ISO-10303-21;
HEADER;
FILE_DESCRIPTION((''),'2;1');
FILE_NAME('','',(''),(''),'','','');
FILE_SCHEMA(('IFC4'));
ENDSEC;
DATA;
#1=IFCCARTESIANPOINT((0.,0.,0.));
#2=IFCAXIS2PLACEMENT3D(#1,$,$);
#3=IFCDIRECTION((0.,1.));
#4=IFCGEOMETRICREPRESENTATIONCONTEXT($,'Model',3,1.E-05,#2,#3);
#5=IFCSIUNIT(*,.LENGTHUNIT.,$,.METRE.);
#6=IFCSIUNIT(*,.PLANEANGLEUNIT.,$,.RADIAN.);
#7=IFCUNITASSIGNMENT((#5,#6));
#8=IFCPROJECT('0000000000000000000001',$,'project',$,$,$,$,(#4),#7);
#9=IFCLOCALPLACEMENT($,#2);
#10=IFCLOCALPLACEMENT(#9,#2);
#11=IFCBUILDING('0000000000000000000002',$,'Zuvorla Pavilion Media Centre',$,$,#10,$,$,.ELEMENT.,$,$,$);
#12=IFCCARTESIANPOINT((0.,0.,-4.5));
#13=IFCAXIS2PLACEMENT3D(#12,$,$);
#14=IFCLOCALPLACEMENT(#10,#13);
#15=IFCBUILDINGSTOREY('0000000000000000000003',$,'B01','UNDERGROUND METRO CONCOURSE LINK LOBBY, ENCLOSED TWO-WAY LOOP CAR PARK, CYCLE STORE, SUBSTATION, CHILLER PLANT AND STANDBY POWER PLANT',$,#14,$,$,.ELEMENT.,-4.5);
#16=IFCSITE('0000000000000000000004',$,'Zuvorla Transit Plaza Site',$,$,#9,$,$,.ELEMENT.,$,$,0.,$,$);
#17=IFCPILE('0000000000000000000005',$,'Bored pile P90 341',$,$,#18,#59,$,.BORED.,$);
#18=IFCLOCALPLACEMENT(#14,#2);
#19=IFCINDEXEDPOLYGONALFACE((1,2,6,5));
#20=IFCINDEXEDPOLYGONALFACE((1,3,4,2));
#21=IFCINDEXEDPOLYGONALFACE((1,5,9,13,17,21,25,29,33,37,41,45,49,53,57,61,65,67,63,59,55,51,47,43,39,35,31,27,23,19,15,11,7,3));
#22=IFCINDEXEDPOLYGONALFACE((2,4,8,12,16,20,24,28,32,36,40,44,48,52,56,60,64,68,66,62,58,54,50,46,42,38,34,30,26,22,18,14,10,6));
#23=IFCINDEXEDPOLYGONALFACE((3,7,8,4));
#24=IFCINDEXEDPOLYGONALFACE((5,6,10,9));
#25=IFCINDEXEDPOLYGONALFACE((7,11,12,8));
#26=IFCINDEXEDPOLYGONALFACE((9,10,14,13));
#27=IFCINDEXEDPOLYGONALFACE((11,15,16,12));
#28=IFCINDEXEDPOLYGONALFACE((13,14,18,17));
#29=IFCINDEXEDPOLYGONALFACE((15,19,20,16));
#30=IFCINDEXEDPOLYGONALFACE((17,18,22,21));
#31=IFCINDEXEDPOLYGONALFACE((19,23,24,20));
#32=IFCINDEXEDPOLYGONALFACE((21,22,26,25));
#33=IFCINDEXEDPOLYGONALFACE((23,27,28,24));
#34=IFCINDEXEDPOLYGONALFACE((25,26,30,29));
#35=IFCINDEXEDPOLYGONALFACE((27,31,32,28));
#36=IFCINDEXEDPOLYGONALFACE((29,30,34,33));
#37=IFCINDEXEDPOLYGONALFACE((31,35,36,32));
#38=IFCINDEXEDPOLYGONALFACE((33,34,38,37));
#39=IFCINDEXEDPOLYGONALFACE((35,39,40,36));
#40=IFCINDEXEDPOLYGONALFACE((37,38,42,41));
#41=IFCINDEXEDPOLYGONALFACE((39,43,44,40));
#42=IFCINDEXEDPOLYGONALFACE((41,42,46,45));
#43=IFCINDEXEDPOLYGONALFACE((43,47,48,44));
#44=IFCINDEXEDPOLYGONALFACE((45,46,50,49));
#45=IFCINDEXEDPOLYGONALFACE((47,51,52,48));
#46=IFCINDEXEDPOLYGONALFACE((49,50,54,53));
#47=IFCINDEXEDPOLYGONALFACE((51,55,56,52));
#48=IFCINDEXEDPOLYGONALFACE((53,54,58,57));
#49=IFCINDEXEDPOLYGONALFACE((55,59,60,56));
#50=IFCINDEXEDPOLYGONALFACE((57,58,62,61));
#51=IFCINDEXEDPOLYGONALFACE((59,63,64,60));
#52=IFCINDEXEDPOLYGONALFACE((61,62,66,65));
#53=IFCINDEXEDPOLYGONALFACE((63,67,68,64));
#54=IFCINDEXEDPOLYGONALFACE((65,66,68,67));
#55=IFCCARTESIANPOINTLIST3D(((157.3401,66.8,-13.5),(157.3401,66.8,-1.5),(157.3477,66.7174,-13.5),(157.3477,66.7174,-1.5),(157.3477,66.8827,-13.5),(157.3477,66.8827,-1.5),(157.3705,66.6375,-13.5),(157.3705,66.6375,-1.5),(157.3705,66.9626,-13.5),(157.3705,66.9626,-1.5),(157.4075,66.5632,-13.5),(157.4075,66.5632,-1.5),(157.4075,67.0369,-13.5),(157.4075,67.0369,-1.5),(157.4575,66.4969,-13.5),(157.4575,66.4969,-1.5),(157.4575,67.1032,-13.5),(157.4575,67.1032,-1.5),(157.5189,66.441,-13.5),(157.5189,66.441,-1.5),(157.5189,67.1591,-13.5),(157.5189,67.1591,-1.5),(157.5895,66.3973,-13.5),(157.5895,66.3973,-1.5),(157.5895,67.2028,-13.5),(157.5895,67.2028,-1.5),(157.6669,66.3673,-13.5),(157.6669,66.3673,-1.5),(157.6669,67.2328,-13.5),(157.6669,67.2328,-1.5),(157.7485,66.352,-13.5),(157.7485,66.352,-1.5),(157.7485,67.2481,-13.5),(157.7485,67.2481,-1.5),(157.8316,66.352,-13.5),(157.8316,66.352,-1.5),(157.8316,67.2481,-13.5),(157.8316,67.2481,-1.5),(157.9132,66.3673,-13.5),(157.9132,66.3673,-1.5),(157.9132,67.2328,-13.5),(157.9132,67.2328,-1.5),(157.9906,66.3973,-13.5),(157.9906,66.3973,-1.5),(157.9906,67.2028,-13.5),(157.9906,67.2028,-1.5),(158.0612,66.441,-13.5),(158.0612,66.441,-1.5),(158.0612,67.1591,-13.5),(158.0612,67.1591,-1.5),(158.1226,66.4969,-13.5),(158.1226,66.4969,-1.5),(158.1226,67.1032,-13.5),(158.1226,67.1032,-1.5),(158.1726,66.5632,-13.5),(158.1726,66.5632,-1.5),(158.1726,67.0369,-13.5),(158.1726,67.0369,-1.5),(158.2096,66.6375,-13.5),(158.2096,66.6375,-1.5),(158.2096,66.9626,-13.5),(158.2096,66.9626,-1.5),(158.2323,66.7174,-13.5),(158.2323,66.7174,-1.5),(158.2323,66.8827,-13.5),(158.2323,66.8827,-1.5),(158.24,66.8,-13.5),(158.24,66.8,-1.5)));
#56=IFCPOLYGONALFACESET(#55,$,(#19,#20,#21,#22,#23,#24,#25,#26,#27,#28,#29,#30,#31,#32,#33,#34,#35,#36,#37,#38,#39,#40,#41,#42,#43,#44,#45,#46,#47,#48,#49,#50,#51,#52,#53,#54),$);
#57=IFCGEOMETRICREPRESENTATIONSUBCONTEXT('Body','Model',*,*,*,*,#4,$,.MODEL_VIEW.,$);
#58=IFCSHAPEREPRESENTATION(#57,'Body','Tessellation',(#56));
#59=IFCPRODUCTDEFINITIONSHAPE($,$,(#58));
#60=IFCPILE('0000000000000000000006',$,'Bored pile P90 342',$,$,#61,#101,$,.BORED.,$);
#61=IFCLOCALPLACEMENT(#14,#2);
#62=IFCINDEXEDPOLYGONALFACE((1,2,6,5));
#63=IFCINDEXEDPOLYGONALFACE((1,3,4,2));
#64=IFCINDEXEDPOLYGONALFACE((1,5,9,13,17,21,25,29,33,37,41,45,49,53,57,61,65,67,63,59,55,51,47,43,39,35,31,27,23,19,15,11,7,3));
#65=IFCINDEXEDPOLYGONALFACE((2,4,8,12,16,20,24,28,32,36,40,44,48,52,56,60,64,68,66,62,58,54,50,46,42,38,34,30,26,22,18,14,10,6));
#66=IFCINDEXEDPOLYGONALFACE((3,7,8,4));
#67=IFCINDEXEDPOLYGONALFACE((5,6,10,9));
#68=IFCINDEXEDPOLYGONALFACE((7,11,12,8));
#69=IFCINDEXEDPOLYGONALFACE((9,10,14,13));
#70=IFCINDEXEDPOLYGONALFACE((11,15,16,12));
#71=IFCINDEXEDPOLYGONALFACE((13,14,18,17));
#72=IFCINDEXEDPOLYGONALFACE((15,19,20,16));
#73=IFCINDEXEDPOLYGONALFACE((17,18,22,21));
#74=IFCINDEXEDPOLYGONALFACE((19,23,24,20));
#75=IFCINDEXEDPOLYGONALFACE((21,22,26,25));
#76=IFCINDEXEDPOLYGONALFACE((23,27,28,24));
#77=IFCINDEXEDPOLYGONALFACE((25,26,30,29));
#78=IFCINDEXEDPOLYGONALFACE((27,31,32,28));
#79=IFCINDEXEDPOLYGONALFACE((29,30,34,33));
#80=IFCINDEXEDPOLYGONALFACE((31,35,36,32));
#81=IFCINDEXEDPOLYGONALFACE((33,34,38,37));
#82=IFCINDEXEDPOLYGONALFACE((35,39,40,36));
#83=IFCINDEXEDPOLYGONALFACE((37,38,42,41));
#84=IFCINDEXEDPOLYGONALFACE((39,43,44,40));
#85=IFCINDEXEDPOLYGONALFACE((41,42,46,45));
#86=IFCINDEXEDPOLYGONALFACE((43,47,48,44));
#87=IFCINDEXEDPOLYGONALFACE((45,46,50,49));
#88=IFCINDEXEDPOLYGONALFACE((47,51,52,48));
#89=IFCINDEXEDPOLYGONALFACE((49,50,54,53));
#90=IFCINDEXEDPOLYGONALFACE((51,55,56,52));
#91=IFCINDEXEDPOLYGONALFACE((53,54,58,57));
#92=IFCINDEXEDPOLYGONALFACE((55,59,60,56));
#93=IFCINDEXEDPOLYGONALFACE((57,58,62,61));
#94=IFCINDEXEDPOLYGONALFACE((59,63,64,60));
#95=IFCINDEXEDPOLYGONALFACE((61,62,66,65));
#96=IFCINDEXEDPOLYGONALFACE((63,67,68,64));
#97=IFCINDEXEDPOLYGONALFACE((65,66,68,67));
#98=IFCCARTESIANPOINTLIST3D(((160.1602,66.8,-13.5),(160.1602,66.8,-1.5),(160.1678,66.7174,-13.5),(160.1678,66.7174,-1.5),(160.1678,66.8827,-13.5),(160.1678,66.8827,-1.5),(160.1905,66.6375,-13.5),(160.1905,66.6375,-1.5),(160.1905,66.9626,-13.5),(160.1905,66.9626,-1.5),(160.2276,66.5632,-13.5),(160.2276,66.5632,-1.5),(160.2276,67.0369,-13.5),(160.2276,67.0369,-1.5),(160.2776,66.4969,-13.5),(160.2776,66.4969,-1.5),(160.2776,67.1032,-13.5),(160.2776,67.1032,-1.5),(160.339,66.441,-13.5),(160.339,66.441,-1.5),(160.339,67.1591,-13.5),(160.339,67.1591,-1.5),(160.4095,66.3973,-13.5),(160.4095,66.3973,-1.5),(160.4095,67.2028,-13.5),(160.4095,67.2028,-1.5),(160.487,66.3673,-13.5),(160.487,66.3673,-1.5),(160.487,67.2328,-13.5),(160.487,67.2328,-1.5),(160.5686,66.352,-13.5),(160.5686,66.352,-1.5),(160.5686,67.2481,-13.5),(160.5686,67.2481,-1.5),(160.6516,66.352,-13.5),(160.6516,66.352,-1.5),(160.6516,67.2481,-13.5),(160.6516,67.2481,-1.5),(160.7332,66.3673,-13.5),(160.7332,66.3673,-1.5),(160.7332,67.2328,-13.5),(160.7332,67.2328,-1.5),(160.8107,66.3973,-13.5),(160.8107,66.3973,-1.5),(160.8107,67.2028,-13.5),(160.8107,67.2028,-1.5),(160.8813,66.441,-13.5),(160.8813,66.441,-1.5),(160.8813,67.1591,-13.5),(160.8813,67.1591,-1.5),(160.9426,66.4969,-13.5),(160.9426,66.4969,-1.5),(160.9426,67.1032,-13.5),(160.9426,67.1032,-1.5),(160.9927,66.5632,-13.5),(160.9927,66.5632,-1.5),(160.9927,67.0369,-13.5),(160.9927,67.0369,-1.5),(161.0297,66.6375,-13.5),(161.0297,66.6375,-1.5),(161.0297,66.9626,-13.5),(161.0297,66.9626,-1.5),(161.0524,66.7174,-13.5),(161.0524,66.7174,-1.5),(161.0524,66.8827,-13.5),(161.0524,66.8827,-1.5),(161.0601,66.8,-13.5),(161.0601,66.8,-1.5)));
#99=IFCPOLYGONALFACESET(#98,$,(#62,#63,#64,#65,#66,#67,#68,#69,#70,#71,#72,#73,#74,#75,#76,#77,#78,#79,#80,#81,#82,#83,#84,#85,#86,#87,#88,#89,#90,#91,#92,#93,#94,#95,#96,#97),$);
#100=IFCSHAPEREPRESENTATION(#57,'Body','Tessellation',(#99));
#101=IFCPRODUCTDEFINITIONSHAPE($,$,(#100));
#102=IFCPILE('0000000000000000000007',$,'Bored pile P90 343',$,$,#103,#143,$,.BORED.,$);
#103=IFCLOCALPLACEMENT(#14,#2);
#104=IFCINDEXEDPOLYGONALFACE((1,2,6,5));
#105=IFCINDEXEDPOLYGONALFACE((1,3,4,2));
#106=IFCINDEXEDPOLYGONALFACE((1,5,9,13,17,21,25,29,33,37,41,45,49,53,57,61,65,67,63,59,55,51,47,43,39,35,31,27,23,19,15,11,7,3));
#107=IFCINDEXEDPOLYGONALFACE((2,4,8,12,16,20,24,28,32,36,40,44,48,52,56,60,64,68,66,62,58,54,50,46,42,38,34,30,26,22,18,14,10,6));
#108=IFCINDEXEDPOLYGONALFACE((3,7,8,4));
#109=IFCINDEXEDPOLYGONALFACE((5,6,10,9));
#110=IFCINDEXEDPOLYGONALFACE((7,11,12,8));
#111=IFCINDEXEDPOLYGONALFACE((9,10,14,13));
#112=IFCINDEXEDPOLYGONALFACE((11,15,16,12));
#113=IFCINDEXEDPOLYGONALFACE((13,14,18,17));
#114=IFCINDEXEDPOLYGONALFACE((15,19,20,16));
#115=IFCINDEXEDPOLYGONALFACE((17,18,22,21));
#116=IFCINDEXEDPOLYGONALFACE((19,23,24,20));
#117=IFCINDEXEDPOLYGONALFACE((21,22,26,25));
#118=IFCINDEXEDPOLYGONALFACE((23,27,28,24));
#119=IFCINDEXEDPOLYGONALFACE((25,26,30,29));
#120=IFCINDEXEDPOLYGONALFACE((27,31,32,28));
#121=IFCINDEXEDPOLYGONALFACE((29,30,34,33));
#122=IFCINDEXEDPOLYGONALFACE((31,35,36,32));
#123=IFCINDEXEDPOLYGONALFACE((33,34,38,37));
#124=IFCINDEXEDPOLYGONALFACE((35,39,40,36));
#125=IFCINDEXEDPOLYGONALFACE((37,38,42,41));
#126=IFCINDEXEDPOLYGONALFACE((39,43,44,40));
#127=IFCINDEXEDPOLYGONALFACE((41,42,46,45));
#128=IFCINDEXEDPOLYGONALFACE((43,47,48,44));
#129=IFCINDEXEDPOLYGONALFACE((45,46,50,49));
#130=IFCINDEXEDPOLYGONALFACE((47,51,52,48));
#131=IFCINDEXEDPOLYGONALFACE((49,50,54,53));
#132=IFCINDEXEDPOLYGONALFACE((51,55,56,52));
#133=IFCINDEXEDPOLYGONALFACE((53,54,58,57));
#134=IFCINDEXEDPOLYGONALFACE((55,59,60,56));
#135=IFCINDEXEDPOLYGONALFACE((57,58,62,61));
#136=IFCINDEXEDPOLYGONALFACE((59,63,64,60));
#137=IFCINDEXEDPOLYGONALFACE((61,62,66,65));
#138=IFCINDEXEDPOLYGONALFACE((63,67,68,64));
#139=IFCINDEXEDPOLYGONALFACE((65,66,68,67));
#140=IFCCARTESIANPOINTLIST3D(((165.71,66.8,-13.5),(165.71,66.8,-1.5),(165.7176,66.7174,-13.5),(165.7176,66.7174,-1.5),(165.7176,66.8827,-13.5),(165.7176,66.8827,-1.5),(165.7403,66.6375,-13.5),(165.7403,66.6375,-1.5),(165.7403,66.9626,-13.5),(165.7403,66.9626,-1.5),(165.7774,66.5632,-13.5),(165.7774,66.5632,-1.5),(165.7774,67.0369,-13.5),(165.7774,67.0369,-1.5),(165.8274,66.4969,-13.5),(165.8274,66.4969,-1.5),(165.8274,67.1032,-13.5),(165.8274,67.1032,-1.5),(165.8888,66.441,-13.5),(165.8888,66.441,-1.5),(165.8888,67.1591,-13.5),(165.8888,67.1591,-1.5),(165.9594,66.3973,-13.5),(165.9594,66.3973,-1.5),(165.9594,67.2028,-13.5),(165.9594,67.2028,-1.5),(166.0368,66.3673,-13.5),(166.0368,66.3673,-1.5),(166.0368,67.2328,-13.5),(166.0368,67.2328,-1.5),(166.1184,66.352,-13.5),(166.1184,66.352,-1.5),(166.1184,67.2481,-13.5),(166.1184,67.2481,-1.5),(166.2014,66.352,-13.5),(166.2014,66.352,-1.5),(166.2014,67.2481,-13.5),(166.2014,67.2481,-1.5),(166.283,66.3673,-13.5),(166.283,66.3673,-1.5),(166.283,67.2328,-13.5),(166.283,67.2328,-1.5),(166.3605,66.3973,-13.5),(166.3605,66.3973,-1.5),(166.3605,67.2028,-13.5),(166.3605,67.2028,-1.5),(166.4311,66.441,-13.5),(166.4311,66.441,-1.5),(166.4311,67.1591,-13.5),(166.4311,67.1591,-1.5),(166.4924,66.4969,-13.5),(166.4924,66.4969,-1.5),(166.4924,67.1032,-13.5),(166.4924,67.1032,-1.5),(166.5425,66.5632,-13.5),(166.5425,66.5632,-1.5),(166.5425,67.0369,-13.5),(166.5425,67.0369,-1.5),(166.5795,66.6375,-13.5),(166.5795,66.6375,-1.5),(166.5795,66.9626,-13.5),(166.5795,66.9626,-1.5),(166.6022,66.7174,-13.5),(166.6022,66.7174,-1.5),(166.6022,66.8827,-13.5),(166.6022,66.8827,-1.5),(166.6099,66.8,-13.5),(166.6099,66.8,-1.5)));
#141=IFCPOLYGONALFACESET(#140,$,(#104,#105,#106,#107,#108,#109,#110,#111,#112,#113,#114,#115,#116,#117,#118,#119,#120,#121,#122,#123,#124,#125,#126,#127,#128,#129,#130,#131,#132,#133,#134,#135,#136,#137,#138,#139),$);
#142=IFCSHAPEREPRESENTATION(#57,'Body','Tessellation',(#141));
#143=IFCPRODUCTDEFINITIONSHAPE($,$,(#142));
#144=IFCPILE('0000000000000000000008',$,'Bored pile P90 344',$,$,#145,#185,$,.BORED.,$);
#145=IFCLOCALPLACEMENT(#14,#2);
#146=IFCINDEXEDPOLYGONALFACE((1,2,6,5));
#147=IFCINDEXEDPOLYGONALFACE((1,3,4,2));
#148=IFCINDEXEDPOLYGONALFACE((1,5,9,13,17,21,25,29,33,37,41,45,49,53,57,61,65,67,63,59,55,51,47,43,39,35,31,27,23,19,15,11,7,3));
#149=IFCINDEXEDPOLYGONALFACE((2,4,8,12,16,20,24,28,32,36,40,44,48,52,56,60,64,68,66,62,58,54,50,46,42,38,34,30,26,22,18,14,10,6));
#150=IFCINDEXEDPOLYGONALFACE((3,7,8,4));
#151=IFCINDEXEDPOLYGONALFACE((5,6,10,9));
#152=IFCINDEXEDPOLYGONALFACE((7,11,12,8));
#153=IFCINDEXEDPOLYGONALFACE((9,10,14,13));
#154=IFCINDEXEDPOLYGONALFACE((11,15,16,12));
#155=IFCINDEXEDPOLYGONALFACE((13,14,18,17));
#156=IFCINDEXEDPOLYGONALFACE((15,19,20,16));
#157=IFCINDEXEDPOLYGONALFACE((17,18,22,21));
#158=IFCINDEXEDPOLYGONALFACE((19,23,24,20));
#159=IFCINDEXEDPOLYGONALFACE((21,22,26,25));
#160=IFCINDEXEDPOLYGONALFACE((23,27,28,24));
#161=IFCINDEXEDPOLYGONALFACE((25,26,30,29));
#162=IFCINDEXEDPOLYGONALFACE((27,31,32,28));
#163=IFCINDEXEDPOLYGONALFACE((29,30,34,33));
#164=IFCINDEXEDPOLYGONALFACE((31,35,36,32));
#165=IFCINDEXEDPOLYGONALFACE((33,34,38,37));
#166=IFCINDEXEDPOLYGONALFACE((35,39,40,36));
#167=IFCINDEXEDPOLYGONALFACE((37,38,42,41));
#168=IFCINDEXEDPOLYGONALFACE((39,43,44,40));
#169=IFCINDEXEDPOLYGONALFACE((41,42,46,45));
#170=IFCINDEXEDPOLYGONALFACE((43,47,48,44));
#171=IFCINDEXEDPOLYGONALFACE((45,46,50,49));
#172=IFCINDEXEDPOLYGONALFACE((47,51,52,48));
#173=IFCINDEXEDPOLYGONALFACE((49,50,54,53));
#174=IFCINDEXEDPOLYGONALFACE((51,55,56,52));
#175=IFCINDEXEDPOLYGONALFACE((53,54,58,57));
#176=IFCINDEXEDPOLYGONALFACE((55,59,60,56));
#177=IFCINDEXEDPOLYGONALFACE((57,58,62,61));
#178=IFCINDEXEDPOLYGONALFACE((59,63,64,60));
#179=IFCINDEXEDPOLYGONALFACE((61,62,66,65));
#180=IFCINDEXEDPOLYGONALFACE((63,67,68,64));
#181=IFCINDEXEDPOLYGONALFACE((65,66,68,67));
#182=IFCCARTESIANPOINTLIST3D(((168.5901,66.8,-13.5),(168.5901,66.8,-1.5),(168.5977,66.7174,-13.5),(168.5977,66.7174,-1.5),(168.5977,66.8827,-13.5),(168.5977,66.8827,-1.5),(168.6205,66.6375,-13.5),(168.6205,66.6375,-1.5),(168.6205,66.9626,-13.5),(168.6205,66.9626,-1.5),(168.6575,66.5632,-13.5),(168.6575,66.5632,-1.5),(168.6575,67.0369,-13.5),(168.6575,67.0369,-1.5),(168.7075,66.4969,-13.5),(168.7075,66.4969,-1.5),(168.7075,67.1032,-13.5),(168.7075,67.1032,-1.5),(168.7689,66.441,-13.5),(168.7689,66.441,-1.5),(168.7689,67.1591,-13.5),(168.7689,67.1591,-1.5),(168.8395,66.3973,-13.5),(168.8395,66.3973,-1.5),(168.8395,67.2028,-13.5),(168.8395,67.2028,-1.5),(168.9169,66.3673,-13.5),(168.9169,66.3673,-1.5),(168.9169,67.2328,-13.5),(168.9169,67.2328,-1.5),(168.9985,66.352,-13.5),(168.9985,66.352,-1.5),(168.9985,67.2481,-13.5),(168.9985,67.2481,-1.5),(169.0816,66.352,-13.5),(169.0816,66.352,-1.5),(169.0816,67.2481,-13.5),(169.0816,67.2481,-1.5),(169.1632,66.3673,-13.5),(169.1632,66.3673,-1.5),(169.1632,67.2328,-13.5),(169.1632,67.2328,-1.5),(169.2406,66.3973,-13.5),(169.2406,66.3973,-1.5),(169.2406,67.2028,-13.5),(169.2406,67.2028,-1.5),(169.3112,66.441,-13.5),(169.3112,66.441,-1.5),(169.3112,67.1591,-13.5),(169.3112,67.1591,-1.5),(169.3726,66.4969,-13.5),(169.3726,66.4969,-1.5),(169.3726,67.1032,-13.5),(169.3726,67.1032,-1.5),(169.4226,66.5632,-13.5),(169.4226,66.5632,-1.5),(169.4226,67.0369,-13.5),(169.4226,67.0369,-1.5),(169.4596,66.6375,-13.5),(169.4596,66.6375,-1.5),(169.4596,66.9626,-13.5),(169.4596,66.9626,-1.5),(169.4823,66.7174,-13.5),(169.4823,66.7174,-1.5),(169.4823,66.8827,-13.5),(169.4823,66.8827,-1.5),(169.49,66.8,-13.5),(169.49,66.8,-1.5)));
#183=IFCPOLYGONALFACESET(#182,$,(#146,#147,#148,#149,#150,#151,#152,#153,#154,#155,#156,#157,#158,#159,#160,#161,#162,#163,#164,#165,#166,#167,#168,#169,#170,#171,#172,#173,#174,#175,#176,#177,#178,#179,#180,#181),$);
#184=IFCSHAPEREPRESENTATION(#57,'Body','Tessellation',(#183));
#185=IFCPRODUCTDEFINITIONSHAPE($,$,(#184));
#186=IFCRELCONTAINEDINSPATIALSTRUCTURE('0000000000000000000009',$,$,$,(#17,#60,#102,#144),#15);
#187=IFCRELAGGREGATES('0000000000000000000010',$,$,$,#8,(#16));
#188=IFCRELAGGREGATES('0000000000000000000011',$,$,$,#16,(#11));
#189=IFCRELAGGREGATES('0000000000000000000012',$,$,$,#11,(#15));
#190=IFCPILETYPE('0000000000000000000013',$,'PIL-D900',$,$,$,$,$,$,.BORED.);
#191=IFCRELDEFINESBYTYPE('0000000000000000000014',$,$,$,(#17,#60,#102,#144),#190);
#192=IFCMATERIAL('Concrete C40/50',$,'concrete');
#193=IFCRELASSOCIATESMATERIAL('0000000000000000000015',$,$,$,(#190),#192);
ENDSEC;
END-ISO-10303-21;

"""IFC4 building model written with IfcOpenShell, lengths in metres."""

from ifc_helpers import new_model, si_unit, direction, frame, origin, origin_2d, place, context, subcontext, project, spatial, circle, extrude, material, material_profile, profile_set, type_object, element, save


model = new_model("IFC4")

# Units and contexts
model_context = context("Model", 3, precision=1e-05, world=origin(), true_north=direction((0.0, 1.0)))
body_context = subcontext(model_context, "Body", "Model", "MODEL_VIEW")
ifc_project = project(units=[si_unit("LENGTHUNIT", "METRE"), si_unit("PLANEANGLEUNIT", "RADIAN")], contexts=[model_context])

# Site, building, storey
site_placement = place(None, origin())
site = spatial("IfcSite", under=ifc_project, at=site_placement, Name="Zuvorla Transit Plaza Site", CompositionType="ELEMENT", RefElevation=0.0)
building_placement = place(site_placement, origin())
building = spatial("IfcBuilding", under=site, at=building_placement, Name="Zuvorla Pavilion Media Centre", CompositionType="ELEMENT")
storey_placement = place(building_placement, frame((0.0, 0.0, -4.5)))
storey = spatial("IfcBuildingStorey", under=building, at=storey_placement, Name="B01", Description="UNDERGROUND METRO CONCOURSE LINK LOBBY, ENCLOSED TWO-WAY LOOP CAR PARK, CYCLE STORE, SUBSTATION, CHILLER PLANT AND STANDBY POWER PLANT", CompositionType="ELEMENT", Elevation=-4.5)

# Shared definitions
ifc_material = material(Name="Concrete C40/50", Category="concrete")

# Piles
ifc_material_profile_1 = material_profile(ifc_material, circle(Radius=0.45, at=origin_2d()), Name="BORED PILE 900")
ifc_profile_set_1 = profile_set([ifc_material_profile_1], Name="Concrete C40/50")
pile_type = type_object("IfcPileType", Name="PIL-D900", PredefinedType="BORED", material=ifc_profile_set_1)
for number, where, z_axis, x_axis, name in (
    (1, (157.79, 66.8, -1.5), (0.0, 0.0, -1.0), (1.0, 0.0, 0.0), "Bored pile P90 341"),
    (2, (160.6101, 66.8, -1.5), (0.0, 0.0, -1.0), (1.0, 0.0, 0.0), "Bored pile P90 342"),
    (3, (166.1599, 66.8, -1.5), (0.0, 0.0, -1.0), (1.0, 0.0, 0.0), "Bored pile P90 343"),
    (4, (169.04, 66.8, -1.5), (0.0, 0.0, -1.0), (1.0, 0.0, 0.0), "Bored pile P90 344"),
):
    element("IfcPile", number, at=place(storey_placement, frame(where, z_axis=z_axis, x_axis=x_axis)), inside=storey, type_object=pile_type, Name=name, PredefinedType="BORED", context=body_context, shape_type="SweptSolid", body=[
        extrude(circle(Radius=0.45, at=origin_2d()), origin(), (0.0, 0.0, 1.0), 12.0),
    ])

save(model, "model.ifc")
